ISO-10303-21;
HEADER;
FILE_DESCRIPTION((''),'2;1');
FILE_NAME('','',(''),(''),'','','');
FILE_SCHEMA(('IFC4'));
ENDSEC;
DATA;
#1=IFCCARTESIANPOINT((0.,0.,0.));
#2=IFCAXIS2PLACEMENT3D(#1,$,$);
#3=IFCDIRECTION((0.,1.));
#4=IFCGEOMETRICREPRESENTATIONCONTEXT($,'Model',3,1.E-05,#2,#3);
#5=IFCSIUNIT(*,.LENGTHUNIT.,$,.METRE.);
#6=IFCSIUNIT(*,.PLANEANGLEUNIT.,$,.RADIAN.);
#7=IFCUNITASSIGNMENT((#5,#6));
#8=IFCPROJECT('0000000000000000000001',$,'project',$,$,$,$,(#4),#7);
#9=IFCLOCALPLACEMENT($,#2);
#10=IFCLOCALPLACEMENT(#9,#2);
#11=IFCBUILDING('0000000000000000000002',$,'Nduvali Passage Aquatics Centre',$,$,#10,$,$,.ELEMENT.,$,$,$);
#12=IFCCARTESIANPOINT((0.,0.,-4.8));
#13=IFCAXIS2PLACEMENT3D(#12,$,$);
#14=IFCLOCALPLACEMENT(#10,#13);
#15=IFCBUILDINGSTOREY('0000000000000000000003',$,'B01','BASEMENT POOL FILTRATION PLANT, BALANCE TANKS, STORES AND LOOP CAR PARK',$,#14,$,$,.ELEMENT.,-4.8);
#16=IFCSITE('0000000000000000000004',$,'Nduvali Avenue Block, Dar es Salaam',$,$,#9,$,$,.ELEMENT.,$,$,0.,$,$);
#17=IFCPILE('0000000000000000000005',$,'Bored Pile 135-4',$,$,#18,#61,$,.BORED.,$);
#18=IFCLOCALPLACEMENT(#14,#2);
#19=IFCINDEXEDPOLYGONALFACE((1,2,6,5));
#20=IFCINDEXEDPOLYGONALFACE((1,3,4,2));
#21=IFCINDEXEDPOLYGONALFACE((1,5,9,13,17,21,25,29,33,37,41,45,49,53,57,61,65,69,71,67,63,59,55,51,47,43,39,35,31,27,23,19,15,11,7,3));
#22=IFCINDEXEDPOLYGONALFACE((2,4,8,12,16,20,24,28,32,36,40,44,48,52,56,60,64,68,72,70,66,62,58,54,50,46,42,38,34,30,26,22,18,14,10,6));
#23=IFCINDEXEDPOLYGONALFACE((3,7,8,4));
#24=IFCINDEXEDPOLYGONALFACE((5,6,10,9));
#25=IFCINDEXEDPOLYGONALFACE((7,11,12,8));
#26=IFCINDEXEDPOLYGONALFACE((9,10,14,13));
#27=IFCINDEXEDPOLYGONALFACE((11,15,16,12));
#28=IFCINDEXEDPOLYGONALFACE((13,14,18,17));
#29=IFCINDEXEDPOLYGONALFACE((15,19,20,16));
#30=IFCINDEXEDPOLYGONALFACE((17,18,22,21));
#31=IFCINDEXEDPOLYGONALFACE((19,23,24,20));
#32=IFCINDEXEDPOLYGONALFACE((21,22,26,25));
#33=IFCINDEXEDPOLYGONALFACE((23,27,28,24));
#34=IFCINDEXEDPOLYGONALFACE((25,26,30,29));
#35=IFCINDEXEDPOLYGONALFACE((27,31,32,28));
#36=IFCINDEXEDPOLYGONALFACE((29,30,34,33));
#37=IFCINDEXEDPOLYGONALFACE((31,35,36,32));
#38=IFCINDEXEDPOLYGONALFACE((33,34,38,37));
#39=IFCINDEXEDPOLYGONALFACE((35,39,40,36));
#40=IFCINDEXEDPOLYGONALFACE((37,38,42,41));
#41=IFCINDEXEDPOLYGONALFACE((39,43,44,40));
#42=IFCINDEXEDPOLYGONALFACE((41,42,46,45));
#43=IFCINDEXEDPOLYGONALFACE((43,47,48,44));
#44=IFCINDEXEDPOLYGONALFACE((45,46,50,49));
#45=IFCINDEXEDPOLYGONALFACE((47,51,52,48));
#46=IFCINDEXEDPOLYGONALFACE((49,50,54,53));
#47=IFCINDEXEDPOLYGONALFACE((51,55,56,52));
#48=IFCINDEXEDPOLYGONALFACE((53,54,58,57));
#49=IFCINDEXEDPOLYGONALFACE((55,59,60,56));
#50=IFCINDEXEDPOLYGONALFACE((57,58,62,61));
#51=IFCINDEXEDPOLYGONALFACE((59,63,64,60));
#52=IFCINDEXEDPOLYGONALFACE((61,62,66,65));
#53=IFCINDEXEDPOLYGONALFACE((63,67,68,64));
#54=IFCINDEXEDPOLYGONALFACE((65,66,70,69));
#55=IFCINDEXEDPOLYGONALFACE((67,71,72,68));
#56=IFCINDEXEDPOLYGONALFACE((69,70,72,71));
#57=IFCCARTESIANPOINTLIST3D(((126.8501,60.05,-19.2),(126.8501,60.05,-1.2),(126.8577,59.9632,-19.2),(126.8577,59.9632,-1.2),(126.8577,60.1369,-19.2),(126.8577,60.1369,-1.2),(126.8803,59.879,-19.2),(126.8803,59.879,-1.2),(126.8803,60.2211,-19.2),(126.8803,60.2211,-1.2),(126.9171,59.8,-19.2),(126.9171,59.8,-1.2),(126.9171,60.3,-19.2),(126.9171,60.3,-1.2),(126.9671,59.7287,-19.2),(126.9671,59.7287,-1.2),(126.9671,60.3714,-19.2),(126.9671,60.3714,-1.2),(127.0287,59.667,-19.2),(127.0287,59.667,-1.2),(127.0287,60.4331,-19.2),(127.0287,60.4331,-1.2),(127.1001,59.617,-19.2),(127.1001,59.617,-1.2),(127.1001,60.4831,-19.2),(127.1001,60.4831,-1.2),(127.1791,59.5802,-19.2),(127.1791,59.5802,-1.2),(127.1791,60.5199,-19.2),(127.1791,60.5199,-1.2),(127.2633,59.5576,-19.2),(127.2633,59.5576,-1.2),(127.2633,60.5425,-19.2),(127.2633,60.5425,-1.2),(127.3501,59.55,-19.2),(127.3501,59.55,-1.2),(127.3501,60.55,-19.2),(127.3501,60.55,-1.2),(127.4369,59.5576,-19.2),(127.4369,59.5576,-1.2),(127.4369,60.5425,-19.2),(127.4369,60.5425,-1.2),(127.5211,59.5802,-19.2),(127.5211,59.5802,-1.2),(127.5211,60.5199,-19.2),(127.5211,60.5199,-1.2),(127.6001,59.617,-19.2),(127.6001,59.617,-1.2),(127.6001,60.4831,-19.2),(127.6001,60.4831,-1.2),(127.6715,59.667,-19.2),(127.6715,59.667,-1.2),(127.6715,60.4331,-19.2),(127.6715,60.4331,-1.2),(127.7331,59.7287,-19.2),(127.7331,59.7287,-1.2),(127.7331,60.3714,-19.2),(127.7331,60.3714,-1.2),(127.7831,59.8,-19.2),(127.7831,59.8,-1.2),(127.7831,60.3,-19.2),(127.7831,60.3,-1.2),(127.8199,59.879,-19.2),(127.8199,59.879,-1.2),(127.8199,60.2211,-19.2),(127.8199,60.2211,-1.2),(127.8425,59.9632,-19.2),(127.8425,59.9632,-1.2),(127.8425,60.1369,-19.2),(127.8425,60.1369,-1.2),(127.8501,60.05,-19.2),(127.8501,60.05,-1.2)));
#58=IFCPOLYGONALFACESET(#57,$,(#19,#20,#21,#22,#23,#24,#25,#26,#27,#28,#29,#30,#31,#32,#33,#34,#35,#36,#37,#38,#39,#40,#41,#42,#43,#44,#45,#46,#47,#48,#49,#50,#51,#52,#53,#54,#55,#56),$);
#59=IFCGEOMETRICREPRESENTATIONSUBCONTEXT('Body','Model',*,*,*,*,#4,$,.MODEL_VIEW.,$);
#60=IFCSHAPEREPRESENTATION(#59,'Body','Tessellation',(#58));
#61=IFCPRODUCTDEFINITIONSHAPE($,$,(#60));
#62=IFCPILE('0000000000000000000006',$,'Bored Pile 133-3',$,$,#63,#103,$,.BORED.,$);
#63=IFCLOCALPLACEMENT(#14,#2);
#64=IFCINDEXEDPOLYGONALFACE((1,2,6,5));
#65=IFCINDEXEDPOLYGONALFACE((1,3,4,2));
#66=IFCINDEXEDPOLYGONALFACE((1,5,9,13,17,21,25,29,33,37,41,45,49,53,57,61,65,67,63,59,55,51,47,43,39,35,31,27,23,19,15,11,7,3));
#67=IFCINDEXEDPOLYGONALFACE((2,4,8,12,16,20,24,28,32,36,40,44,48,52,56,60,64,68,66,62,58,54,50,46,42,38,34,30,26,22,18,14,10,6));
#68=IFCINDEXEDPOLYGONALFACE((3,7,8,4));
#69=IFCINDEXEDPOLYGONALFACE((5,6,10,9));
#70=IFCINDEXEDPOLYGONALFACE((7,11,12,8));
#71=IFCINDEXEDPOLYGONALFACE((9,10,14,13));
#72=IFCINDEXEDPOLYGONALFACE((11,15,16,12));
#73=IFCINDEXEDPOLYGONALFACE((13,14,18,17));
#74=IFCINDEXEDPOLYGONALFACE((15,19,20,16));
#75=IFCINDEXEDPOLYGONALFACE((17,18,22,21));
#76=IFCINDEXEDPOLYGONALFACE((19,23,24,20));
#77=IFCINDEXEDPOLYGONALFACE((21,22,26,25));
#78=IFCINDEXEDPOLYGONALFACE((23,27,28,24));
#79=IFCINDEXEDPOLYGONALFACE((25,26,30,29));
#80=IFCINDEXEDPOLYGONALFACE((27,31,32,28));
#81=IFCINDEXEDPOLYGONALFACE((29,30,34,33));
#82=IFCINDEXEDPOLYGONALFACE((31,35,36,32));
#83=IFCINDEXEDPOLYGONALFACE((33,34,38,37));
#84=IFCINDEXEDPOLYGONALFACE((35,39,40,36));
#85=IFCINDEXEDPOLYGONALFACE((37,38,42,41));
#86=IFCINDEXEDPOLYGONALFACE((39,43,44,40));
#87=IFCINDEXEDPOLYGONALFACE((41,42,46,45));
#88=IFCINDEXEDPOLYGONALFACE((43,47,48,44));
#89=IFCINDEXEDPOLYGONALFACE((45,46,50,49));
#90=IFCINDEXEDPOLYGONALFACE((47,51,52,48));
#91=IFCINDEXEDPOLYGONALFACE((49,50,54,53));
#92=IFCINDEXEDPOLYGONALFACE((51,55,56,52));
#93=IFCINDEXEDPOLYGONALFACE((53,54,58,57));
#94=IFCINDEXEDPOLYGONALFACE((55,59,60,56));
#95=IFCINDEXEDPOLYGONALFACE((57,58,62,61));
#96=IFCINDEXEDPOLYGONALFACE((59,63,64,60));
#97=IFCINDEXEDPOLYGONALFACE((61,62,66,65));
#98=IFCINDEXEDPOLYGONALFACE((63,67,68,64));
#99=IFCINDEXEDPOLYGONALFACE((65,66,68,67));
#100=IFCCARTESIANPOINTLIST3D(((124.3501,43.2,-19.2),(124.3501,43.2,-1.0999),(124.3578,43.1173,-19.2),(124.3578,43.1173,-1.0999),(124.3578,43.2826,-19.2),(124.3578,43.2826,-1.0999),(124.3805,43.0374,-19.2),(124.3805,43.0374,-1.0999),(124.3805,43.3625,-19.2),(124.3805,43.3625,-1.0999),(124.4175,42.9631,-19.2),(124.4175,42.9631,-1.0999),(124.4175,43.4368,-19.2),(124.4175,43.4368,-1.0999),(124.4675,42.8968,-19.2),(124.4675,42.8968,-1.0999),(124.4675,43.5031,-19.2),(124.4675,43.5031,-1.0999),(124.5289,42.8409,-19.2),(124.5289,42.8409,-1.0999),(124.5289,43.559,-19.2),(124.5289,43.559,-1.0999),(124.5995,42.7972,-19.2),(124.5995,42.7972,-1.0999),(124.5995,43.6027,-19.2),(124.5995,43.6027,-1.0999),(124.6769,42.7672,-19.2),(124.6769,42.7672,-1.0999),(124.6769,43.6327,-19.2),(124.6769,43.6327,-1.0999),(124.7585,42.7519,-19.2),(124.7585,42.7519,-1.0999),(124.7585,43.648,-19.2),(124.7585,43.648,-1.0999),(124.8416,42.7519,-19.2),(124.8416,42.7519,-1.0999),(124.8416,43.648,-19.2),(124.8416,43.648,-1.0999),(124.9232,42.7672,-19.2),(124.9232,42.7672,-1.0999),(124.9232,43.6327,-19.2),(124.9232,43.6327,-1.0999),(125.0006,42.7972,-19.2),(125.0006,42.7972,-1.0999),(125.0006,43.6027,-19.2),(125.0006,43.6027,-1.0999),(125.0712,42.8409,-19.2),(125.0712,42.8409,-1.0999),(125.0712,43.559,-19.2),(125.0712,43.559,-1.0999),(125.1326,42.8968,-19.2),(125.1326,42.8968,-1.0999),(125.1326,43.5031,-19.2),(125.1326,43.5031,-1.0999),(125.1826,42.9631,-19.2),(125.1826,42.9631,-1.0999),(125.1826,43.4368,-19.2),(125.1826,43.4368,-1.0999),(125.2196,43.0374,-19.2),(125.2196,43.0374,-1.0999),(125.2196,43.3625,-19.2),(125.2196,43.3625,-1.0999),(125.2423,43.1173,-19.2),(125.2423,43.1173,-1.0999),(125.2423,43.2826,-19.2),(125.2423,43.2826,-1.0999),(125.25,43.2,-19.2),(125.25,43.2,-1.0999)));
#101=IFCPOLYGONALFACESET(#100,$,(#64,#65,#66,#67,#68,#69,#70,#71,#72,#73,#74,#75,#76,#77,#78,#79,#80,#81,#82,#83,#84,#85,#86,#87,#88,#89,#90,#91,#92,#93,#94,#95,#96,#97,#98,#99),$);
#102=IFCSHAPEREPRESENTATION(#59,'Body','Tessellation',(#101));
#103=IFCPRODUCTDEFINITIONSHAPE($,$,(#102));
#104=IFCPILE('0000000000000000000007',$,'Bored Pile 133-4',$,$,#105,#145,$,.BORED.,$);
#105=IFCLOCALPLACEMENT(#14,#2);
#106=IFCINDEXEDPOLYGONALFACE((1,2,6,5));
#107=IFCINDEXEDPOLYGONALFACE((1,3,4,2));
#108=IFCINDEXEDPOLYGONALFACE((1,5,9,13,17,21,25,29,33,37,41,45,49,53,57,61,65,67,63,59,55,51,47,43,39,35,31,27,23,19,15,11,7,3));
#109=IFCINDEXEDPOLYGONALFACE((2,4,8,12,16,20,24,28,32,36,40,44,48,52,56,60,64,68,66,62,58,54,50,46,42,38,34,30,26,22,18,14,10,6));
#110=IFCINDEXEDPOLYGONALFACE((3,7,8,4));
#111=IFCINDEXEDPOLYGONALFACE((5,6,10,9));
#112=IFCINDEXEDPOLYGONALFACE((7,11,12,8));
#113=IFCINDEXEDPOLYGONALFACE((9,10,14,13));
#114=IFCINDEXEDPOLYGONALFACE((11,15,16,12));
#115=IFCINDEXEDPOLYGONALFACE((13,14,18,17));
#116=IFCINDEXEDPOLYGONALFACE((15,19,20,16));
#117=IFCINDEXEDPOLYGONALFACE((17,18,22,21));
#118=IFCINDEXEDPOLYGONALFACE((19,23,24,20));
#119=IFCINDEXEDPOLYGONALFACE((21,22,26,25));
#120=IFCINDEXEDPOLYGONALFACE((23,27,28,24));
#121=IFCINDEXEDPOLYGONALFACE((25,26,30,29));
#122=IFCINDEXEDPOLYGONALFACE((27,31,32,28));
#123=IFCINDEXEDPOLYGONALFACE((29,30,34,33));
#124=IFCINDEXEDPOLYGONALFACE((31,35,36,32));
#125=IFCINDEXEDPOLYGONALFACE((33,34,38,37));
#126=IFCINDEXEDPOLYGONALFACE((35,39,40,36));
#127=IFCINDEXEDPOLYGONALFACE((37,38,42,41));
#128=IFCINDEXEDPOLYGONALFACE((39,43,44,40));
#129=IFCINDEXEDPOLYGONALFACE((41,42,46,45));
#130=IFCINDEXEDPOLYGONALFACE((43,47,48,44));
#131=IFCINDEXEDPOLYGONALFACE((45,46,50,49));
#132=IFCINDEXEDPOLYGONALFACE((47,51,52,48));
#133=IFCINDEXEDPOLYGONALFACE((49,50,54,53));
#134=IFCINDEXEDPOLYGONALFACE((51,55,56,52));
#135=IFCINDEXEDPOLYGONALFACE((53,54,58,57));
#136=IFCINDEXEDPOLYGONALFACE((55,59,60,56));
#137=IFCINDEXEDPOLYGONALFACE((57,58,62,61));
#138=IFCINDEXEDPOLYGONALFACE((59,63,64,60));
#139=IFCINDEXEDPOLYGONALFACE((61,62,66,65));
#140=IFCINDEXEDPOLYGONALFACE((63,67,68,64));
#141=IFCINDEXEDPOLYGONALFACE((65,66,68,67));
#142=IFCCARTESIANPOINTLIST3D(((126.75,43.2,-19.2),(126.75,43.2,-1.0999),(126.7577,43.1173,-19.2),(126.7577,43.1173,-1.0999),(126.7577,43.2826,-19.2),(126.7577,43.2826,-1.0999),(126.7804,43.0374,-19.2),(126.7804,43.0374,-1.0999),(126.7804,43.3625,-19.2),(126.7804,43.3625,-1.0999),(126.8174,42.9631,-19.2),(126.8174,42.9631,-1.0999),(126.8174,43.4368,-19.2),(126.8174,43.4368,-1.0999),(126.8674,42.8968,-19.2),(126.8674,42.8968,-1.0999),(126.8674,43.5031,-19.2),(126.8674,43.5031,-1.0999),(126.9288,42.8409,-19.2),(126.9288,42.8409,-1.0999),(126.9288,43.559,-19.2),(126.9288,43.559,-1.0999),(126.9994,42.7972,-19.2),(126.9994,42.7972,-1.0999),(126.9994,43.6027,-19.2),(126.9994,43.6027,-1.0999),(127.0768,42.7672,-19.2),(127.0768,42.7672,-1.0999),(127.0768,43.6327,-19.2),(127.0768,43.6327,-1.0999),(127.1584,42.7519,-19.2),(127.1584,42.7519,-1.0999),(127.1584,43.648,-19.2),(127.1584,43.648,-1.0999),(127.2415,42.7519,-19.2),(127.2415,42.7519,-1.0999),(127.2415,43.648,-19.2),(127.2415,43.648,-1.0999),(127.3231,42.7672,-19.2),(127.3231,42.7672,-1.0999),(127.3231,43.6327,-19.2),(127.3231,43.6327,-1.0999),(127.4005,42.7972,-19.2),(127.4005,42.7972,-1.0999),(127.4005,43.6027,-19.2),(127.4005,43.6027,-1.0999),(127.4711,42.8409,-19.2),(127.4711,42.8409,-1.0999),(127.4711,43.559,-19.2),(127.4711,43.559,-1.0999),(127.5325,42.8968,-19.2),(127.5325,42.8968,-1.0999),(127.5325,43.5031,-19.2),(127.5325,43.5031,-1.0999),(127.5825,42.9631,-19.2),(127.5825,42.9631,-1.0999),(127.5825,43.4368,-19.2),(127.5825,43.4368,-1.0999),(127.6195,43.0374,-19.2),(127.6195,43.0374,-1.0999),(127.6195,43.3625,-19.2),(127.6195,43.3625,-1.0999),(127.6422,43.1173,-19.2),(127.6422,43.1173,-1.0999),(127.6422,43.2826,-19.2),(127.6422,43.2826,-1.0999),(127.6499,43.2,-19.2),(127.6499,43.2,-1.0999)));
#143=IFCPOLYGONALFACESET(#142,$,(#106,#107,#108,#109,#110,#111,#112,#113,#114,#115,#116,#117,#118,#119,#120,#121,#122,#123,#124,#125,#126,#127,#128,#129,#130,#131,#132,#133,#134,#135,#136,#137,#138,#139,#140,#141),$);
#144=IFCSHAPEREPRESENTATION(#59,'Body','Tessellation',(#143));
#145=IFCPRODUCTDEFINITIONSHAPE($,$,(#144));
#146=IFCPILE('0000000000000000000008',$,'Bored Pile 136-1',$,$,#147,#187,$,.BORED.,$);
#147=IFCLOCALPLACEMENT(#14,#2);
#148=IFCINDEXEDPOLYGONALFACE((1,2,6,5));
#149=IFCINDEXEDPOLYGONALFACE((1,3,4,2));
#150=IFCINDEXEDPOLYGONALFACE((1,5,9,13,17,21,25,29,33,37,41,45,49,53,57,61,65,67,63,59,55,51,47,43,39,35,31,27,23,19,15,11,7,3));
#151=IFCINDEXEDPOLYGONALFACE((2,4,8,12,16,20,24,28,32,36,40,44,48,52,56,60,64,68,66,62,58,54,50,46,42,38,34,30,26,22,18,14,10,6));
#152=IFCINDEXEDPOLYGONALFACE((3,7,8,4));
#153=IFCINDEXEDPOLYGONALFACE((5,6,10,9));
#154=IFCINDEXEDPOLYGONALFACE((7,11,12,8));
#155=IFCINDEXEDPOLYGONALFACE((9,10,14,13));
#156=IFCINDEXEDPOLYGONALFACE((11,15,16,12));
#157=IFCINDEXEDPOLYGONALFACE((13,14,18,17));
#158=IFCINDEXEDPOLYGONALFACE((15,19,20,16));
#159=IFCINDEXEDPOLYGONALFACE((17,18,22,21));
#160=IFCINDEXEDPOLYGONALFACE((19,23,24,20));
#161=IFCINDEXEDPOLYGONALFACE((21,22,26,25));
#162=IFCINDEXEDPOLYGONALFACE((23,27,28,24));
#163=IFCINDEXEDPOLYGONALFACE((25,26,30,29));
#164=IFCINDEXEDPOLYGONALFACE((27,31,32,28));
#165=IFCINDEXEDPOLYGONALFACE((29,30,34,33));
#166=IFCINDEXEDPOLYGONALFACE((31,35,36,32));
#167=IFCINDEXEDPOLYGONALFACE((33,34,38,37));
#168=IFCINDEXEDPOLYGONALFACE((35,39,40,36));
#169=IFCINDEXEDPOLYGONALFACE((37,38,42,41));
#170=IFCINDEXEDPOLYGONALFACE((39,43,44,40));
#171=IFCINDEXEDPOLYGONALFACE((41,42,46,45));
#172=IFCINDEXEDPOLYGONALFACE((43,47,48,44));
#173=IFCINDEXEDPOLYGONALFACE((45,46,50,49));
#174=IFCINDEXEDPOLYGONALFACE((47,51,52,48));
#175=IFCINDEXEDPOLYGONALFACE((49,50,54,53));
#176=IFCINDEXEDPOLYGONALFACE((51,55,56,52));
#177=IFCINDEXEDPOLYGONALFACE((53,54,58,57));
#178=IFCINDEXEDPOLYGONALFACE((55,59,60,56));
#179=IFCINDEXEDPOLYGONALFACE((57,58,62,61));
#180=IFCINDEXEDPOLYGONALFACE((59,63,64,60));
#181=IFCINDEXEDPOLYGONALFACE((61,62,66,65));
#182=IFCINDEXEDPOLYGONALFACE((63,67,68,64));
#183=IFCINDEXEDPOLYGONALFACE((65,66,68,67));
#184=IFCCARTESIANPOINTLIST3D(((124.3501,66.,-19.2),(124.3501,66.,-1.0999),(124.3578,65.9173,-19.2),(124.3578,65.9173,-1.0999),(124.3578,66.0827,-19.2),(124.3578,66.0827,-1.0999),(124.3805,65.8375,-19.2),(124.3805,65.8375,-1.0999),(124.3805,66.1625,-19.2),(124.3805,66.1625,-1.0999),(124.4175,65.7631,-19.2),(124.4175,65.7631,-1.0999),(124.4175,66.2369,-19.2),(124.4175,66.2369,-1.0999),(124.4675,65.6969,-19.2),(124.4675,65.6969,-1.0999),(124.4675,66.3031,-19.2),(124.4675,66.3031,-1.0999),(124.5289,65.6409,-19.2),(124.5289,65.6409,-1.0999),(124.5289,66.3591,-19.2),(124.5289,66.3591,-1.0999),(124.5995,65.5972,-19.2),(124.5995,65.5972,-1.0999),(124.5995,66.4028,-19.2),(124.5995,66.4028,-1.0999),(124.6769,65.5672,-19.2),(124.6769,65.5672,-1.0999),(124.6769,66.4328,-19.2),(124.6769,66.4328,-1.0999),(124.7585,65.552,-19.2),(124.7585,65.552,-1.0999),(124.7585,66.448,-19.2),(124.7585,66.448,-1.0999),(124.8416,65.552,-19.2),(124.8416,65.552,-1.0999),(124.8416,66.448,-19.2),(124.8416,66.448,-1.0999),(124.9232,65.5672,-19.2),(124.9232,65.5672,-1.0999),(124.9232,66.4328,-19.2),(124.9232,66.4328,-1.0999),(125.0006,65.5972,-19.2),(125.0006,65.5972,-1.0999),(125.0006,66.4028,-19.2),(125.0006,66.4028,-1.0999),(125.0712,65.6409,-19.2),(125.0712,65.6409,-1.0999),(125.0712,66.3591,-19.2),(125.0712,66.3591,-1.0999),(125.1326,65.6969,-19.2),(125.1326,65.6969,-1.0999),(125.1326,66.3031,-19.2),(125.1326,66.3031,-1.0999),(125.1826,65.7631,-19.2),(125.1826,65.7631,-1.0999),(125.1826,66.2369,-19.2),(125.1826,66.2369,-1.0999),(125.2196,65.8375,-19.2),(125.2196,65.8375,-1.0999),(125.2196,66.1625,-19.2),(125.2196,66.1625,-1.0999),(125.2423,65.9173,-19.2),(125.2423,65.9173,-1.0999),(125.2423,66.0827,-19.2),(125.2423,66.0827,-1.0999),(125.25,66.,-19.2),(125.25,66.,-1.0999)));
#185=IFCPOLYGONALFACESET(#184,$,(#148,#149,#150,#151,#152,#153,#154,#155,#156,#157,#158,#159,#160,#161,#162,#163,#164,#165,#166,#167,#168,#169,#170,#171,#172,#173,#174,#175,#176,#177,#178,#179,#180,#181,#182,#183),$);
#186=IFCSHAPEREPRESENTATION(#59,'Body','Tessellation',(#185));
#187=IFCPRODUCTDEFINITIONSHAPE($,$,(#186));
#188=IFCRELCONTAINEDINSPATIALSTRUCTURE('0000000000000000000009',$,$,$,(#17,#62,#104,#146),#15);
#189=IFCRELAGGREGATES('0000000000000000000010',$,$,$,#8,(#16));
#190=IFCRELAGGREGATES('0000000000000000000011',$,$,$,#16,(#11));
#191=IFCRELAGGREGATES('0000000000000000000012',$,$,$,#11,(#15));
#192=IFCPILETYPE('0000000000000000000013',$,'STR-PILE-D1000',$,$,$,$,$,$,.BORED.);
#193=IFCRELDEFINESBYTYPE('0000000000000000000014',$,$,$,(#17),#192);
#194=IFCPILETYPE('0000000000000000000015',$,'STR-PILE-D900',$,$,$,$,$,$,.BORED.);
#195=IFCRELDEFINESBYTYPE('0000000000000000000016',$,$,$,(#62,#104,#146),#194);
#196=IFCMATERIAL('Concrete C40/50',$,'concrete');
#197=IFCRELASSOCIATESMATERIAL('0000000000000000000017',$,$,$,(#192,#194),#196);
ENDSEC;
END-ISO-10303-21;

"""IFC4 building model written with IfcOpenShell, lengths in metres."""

from ifc_helpers import new_model, si_unit, direction, frame, origin, origin_2d, place, context, subcontext, project, spatial, circle, extrude, material, material_profile, profile_set, type_object, element, save


model = new_model("IFC4")

# Units and contexts
model_context = context("Model", 3, precision=1e-05, world=origin(), true_north=direction((0.0, 1.0)))
body_context = subcontext(model_context, "Body", "Model", "MODEL_VIEW")
ifc_project = project(units=[si_unit("LENGTHUNIT", "METRE"), si_unit("PLANEANGLEUNIT", "RADIAN")], contexts=[model_context])

# Site, building, storey
site_placement = place(None, origin())
site = spatial("IfcSite", under=ifc_project, at=site_placement, Name="Nduvali Avenue Block, Dar es Salaam", CompositionType="ELEMENT", RefElevation=0.0)
building_placement = place(site_placement, origin())
building = spatial("IfcBuilding", under=site, at=building_placement, Name="Nduvali Passage Aquatics Centre", CompositionType="ELEMENT")
storey_placement = place(building_placement, frame((0.0, 0.0, -4.8)))
storey = spatial("IfcBuildingStorey", under=building, at=storey_placement, Name="B01", Description="BASEMENT POOL FILTRATION PLANT, BALANCE TANKS, STORES AND LOOP CAR PARK", CompositionType="ELEMENT", Elevation=-4.8)

# Shared definitions
ifc_material = material(Name="Concrete C40/50", Category="concrete")

# Piles
ifc_material_profile_1 = material_profile(ifc_material, circle(Radius=0.5, at=origin_2d()), Name="PILE D1000")
ifc_profile_set_1 = profile_set([ifc_material_profile_1], Name="Concrete C40/50")
pile_type_1 = type_object("IfcPileType", Name="STR-PILE-D1000", PredefinedType="BORED", material=ifc_profile_set_1)
for number, where, z_axis, x_axis, name in (
    (1, (127.3501, 60.05, -1.2), (0.0, 0.0, -1.0), (1.0, 0.0, 0.0), "Bored Pile 135-4"),
):
    element("IfcPile", number, at=place(storey_placement, frame(where, z_axis=z_axis, x_axis=x_axis)), inside=storey, type_object=pile_type_1, Name=name, PredefinedType="BORED", context=body_context, shape_type="SweptSolid", body=[
        extrude(circle(Radius=0.5, at=origin_2d()), origin(), (0.0, 0.0, 1.0), 18.0),
    ])
ifc_material_profile_2 = material_profile(ifc_material, circle(Radius=0.45, at=origin_2d()), Name="PILE D900")
ifc_profile_set_2 = profile_set([ifc_material_profile_2], Name="Concrete C40/50")
pile_type_2 = type_object("IfcPileType", Name="STR-PILE-D900", PredefinedType="BORED", material=ifc_profile_set_2)
for number, where, z_axis, x_axis, name in (
    (2, (124.8, 43.2, -1.0999), (0.0, 0.0, -1.0), (1.0, 0.0, 0.0), "Bored Pile 133-3"),
    (3, (127.2, 43.2, -1.0999), (0.0, 0.0, -1.0), (1.0, 0.0, 0.0), "Bored Pile 133-4"),
    (4, (124.8, 66.0, -1.0999), (0.0, 0.0, -1.0), (1.0, 0.0, 0.0), "Bored Pile 136-1"),
):
    element("IfcPile", number, at=place(storey_placement, frame(where, z_axis=z_axis, x_axis=x_axis)), inside=storey, type_object=pile_type_2, Name=name, PredefinedType="BORED", context=body_context, shape_type="SweptSolid", body=[
        extrude(circle(Radius=0.45, at=origin_2d()), origin(), (0.0, 0.0, 1.0), 18.1001),
    ])

save(model, "model.ifc")
